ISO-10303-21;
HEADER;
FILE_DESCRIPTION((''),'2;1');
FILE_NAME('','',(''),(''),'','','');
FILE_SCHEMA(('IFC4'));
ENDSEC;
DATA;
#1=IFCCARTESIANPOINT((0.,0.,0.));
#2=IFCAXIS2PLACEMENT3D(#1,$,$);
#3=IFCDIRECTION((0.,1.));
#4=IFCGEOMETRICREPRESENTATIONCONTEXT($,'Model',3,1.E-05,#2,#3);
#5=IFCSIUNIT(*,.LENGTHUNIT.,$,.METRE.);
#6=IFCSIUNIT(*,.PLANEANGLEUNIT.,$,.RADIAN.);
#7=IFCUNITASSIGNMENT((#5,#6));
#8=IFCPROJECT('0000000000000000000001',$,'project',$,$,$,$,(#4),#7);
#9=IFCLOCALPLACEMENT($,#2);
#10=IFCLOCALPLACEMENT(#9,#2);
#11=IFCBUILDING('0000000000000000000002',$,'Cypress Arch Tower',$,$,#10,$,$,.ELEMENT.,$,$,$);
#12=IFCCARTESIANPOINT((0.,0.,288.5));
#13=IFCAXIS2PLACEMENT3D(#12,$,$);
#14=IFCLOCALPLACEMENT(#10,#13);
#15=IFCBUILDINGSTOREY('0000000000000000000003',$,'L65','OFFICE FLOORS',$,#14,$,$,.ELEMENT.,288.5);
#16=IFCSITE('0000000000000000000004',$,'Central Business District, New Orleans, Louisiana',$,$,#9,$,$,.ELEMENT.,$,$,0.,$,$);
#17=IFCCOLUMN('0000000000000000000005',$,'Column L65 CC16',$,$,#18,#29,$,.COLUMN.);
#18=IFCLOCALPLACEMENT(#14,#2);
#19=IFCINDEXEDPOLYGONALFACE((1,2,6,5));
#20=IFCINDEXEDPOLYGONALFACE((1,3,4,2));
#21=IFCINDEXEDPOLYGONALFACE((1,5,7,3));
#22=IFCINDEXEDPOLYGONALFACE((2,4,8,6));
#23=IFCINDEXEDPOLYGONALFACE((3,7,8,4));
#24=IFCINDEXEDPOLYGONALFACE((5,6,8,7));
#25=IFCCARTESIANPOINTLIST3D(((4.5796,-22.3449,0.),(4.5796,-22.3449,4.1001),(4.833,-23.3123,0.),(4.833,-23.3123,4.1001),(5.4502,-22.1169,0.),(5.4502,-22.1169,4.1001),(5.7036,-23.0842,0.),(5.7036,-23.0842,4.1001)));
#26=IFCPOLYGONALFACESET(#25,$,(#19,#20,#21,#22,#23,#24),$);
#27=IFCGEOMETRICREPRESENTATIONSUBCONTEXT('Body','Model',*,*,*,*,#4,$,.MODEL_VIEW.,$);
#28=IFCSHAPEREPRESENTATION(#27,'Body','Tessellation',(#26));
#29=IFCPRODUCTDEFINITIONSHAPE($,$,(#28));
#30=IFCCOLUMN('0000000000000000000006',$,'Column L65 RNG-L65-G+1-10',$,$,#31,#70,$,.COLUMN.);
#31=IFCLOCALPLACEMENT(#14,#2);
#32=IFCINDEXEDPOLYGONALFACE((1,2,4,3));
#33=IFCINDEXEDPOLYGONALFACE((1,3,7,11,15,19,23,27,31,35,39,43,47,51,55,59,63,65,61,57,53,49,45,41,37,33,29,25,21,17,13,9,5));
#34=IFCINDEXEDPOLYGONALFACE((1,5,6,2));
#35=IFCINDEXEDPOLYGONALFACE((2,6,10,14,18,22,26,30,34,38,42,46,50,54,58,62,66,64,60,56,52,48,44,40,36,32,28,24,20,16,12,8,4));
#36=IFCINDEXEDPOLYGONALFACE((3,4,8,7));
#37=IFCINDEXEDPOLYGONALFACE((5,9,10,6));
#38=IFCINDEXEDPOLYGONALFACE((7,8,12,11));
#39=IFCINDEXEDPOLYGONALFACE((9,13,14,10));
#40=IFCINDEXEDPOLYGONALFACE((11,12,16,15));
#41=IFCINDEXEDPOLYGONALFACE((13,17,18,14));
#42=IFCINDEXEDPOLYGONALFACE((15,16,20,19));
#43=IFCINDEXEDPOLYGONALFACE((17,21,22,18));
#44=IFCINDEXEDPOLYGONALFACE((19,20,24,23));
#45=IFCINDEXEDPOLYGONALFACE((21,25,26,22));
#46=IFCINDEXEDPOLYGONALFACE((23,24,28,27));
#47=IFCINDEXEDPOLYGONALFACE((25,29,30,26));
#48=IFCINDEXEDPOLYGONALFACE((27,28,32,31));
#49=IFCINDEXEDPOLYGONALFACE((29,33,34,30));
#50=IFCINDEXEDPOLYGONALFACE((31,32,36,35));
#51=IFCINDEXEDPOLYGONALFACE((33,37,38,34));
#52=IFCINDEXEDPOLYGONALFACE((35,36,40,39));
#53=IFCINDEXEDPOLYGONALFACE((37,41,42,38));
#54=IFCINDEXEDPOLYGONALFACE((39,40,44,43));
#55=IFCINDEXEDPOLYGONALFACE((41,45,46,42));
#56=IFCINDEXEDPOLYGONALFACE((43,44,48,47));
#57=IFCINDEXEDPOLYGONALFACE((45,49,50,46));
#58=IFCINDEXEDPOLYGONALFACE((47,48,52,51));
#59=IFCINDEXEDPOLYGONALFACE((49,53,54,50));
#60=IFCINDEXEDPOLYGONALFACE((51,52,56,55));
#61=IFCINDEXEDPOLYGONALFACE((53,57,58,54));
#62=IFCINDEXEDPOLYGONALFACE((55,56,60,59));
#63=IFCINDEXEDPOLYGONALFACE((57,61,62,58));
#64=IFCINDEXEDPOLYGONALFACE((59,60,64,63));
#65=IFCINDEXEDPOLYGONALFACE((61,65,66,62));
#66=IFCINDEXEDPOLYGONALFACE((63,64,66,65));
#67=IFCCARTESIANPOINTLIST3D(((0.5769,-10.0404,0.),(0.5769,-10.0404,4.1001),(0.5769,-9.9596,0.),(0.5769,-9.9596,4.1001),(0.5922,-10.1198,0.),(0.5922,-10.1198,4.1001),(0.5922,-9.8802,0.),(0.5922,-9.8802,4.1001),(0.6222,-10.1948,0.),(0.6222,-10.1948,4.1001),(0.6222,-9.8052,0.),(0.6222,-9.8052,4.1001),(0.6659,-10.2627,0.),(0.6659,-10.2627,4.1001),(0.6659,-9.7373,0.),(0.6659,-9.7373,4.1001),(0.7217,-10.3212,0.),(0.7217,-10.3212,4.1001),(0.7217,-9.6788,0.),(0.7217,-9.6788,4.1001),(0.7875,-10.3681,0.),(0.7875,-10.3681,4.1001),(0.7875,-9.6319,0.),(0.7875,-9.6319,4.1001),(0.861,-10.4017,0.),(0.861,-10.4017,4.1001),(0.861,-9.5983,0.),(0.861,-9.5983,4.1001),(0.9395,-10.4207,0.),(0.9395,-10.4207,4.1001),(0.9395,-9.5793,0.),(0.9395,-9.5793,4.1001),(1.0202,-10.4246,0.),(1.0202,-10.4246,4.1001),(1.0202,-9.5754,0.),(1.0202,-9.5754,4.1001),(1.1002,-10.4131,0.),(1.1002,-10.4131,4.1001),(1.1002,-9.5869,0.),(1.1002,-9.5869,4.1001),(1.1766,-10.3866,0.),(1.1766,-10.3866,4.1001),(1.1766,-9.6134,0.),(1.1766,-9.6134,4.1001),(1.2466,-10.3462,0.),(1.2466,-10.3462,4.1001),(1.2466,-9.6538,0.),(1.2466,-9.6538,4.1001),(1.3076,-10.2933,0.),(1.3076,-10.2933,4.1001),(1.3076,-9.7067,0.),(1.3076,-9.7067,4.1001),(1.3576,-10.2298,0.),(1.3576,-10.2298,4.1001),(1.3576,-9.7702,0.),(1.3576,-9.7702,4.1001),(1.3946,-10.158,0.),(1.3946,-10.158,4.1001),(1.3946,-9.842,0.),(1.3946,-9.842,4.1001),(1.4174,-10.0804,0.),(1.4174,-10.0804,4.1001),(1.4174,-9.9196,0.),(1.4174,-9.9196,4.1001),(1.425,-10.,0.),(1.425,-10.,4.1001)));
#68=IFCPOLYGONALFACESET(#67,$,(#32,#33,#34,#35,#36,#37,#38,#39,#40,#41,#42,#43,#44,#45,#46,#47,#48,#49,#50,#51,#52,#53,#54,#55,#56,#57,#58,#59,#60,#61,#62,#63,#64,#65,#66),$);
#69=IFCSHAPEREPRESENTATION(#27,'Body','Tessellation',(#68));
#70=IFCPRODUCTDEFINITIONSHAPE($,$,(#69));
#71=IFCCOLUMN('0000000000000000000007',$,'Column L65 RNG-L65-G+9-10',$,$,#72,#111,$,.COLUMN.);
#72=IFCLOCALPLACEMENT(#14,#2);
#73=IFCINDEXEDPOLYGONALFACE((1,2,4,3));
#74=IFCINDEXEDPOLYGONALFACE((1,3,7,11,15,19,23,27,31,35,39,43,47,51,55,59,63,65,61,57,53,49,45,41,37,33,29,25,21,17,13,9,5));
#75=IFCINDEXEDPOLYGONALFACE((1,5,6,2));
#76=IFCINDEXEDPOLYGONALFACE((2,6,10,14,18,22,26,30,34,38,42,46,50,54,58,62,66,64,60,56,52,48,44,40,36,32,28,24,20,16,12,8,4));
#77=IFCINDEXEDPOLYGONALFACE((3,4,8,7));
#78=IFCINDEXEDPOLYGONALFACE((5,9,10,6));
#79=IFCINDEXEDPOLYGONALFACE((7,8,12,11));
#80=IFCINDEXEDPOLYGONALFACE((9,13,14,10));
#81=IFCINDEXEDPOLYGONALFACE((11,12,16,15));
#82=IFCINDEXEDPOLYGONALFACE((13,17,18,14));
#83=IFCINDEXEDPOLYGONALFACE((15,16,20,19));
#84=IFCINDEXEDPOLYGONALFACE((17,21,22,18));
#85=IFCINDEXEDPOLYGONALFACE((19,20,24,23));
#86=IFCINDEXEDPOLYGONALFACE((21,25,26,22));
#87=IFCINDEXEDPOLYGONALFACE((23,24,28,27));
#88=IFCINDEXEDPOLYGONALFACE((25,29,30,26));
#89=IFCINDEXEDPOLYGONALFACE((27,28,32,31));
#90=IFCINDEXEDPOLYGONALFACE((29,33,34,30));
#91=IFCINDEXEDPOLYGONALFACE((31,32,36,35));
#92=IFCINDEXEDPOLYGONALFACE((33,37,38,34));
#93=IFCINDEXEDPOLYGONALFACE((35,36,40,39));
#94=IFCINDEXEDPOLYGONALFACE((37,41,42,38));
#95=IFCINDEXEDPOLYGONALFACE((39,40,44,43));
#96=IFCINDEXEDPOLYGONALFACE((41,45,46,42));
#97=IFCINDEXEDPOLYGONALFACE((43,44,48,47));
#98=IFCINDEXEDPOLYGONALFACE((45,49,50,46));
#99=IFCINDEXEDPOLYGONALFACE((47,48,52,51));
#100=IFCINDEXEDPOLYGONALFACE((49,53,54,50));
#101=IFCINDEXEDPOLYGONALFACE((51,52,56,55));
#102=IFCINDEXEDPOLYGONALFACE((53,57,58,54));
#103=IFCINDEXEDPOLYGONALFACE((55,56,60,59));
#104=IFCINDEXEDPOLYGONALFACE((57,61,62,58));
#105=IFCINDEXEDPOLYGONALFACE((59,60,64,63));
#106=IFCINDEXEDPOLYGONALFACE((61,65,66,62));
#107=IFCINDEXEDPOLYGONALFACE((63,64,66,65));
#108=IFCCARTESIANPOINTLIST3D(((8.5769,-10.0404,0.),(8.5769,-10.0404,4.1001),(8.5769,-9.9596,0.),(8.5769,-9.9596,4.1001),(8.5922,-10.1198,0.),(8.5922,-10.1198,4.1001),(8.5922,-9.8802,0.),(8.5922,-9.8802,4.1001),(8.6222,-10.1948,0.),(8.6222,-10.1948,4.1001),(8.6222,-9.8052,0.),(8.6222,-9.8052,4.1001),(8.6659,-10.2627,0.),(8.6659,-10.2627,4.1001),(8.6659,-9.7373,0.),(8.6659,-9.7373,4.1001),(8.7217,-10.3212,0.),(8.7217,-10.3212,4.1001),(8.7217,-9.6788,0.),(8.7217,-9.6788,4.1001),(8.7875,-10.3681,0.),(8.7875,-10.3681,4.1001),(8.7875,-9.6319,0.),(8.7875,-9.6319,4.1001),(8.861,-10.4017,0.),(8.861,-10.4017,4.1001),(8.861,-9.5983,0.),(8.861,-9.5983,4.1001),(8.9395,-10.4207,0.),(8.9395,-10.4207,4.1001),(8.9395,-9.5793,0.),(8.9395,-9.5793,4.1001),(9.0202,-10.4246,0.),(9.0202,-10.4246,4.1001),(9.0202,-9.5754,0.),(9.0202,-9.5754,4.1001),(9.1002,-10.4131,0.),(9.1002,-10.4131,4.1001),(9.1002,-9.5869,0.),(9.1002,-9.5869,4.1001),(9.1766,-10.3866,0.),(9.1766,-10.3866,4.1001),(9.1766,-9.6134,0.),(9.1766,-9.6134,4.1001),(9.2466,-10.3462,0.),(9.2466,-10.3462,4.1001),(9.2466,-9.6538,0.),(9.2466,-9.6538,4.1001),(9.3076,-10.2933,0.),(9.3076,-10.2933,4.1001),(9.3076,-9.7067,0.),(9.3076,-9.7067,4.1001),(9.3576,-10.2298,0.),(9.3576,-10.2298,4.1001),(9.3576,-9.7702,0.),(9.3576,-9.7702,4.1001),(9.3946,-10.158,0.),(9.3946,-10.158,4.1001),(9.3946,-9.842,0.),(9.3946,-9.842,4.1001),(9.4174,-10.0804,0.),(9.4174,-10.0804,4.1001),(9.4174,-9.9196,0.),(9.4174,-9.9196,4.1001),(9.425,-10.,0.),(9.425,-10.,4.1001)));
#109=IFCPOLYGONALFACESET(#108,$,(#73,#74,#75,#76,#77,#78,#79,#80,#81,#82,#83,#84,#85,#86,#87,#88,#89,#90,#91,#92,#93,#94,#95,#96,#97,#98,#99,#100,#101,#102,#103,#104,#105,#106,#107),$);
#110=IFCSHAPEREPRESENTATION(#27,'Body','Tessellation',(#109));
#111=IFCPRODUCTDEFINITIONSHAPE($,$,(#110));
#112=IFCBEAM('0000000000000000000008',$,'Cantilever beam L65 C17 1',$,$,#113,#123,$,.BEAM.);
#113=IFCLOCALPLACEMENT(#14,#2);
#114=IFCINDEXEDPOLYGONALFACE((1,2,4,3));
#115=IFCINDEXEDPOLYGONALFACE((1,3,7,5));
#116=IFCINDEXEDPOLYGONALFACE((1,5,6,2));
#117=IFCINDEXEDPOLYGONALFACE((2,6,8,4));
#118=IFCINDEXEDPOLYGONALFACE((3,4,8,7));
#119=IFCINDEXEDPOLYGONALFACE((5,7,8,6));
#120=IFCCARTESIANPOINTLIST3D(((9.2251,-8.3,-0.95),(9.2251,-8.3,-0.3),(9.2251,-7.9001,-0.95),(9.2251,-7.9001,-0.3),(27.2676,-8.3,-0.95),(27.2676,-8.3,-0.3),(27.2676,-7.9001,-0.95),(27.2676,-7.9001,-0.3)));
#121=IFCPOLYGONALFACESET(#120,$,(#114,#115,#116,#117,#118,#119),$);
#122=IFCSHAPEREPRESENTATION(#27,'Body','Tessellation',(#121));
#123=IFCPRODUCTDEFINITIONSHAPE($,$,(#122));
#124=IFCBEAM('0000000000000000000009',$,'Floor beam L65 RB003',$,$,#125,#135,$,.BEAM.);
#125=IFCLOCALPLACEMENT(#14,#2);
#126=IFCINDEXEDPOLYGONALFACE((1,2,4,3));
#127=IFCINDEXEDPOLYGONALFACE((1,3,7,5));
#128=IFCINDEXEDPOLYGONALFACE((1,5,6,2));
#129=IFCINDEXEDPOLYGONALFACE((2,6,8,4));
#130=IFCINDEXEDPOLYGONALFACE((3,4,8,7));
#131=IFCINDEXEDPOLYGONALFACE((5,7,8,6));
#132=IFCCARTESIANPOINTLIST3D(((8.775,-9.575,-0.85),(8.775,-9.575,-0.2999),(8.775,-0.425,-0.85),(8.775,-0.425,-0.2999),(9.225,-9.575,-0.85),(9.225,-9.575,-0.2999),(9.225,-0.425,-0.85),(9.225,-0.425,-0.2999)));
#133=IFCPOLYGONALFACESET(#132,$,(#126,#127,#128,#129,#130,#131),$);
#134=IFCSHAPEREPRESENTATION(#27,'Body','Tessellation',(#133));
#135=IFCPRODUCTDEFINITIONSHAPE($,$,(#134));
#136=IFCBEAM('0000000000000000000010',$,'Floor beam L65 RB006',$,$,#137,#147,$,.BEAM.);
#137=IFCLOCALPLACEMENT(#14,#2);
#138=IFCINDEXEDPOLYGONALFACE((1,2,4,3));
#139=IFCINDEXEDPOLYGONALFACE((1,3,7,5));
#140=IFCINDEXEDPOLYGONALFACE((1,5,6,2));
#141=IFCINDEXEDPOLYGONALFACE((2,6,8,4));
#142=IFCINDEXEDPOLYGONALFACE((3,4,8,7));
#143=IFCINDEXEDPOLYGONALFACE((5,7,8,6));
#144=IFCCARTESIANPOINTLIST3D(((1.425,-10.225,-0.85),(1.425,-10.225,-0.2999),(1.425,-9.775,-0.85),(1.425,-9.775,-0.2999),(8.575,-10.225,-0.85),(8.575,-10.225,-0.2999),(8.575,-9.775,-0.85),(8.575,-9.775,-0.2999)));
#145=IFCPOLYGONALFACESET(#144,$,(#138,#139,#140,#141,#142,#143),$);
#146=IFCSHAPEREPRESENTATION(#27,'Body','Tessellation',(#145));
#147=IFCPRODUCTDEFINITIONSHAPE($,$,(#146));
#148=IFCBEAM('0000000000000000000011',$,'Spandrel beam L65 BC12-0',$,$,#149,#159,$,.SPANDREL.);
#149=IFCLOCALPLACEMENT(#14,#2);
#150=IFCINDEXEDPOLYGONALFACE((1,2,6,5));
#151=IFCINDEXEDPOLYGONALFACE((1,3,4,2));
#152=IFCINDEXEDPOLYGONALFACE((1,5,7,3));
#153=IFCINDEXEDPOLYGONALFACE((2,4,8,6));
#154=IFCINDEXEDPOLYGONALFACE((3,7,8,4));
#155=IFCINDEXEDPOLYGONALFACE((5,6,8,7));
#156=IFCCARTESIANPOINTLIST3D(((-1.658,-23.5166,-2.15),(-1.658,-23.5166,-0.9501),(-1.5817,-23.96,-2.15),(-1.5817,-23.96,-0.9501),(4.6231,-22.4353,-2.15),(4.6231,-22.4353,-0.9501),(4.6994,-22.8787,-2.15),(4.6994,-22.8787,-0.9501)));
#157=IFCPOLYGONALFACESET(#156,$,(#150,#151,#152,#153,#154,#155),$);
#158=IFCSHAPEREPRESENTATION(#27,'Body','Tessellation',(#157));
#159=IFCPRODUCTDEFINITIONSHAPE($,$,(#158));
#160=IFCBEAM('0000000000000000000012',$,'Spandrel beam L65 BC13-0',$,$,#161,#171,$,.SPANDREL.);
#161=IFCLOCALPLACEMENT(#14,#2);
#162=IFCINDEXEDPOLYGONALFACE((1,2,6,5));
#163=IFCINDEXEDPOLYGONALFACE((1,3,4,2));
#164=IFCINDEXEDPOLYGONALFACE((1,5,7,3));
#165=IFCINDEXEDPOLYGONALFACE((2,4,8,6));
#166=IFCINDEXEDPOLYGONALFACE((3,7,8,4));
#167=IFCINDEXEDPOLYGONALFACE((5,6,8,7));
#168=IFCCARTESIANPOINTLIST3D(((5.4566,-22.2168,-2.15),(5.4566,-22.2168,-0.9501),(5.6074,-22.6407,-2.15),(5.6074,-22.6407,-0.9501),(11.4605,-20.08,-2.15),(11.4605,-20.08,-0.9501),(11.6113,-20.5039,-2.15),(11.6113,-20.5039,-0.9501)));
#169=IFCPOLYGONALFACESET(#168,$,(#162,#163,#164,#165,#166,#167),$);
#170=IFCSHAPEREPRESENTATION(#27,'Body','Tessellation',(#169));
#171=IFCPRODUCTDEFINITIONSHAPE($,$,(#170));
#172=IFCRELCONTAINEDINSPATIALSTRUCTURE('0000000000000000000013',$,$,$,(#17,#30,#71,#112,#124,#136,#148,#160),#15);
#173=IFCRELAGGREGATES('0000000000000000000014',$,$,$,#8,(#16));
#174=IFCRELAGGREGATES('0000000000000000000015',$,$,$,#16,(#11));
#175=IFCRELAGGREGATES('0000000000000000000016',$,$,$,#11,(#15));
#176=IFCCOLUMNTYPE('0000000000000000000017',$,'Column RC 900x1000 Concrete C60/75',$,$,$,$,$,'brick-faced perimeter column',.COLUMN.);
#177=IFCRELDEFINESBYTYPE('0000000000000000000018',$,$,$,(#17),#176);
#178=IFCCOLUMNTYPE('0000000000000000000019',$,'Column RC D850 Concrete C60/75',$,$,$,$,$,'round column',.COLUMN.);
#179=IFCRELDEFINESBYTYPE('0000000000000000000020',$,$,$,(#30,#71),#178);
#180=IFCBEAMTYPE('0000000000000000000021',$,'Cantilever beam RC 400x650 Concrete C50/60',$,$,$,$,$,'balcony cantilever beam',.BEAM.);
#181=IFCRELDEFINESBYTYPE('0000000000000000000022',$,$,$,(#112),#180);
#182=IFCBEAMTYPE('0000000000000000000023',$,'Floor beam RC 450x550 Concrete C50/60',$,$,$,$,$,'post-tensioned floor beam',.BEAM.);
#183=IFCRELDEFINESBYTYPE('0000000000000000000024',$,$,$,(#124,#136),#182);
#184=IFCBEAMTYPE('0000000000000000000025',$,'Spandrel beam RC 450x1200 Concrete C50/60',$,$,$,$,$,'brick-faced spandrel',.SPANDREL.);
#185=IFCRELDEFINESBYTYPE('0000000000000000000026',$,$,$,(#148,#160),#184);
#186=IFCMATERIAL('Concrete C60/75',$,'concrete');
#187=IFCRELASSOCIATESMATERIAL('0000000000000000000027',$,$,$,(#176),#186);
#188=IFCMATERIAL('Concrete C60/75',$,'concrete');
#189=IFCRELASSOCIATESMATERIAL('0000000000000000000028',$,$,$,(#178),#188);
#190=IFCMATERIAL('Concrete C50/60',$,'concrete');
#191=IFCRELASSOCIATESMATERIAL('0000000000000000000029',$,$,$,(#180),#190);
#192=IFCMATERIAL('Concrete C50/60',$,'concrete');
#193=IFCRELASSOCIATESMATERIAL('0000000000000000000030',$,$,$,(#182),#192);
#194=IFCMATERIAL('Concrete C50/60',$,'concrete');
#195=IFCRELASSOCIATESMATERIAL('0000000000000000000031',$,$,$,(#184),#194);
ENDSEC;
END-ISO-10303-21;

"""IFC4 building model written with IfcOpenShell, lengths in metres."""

from ifc_helpers import new_model, si_unit, direction, frame, origin, origin_2d, place, context, subcontext, project, spatial, rectangle, circle, extrude, material, material_profile, profile_set, type_object, element, save


model = new_model("IFC4")

# Units and contexts
model_context = context("Model", 3, precision=1e-05, world=origin(), true_north=direction((0.0, 1.0)))
body_context = subcontext(model_context, "Body", "Model", "MODEL_VIEW")
ifc_project = project(units=[si_unit("LENGTHUNIT", "METRE"), si_unit("PLANEANGLEUNIT", "RADIAN")], contexts=[model_context])

# Site, building, storey
site_placement = place(None, origin())
site = spatial("IfcSite", under=ifc_project, at=site_placement, Name="Central Business District, New Orleans, Louisiana", CompositionType="ELEMENT", RefElevation=0.0)
building_placement = place(site_placement, origin())
building = spatial("IfcBuilding", under=site, at=building_placement, Name="Cypress Arch Tower", CompositionType="ELEMENT")
storey_placement = place(building_placement, frame((0.0, 0.0, 288.5)))
storey = spatial("IfcBuildingStorey", under=building, at=storey_placement, Name="L65", Description="OFFICE FLOORS", CompositionType="ELEMENT", Elevation=288.5)

# Columns
ifc_material_1 = material(Name="Concrete C60/75", Category="concrete")
ifc_material_profile_1 = material_profile(ifc_material_1, rectangle(XDim=0.8999, YDim=1.0, at=origin_2d()), Name="RC 900x1000")
ifc_profile_set_1 = profile_set([ifc_material_profile_1], Name="Concrete C60/75")
column_type_1 = type_object("IfcColumnType", Name="Column RC 900x1000 Concrete C60/75", ElementType="brick-faced perimeter column", PredefinedType="COLUMN", material=ifc_profile_set_1)
column_placement = place(storey_placement, frame((5.1416, -22.7146, 0.0), z_axis=(0.0, 0.0, 1.0), x_axis=(0.967356, 0.253422, 0.0)))
element("IfcColumn", 1, at=column_placement, inside=storey, type_object=column_type_1, Name="Column L65 CC16", PredefinedType="COLUMN", context=body_context, shape_type="SweptSolid", body=[
    extrude(rectangle(XDim=0.8999, YDim=1.0, at=origin_2d()), origin(), (0.0, 0.0, 1.0), 4.1001),
])
ifc_material_2 = material(Name="Concrete C60/75", Category="concrete")
ifc_material_profile_2 = material_profile(ifc_material_2, circle(Radius=0.425, at=origin_2d()), Name="RC D850")
ifc_profile_set_2 = profile_set([ifc_material_profile_2], Name="Concrete C60/75")
column_type_2 = type_object("IfcColumnType", Name="Column RC D850 Concrete C60/75", ElementType="round column", PredefinedType="COLUMN", material=ifc_profile_set_2)
for number, where, z_axis, x_axis, name in (
    (2, (1.0, -10.0, 0.0), (0.0, 0.0, 1.0), (1.0, 0.0, 0.0), "Column L65 RNG-L65-G+1-10"),
    (3, (9.0, -10.0, 0.0), (0.0, 0.0, 1.0), (1.0, 0.0, 0.0), "Column L65 RNG-L65-G+9-10"),
):
    element("IfcColumn", number, at=place(storey_placement, frame(where, z_axis=z_axis, x_axis=x_axis)), inside=storey, type_object=column_type_2, Name=name, PredefinedType="COLUMN", context=body_context, shape_type="SweptSolid", body=[
        extrude(circle(Radius=0.425, at=origin_2d()), origin(), (0.0, 0.0, 1.0), 4.1001),
    ])

# Beams
ifc_material_3 = material(Name="Concrete C50/60", Category="concrete")
ifc_material_profile_3 = material_profile(ifc_material_3, rectangle(XDim=0.3999, YDim=0.6499, at=origin_2d()), Name="RC 400x650")
ifc_profile_set_3 = profile_set([ifc_material_profile_3], Name="Concrete C50/60")
beam_type_1 = type_object("IfcBeamType", Name="Cantilever beam RC 400x650 Concrete C50/60", ElementType="balcony cantilever beam", PredefinedType="BEAM", material=ifc_profile_set_3)
beam_1_placement = place(storey_placement, frame((9.2251, -8.1001, -0.625), z_axis=(1.0, 0.0, 0.0), x_axis=(0.0, 1.0, 0.0)))
element("IfcBeam", 4, at=beam_1_placement, inside=storey, type_object=beam_type_1, Name="Cantilever beam L65 C17 1", PredefinedType="BEAM", context=body_context, shape_type="SweptSolid", body=[
    extrude(rectangle(XDim=0.3999, YDim=0.6499, at=origin_2d()), origin(), (0.0, 0.0, 1.0), 18.0425),
])
ifc_material_4 = material(Name="Concrete C50/60", Category="concrete")
ifc_material_profile_4 = material_profile(ifc_material_4, rectangle(XDim=0.45, YDim=0.55, at=origin_2d()), Name="RC 450x550")
ifc_profile_set_4 = profile_set([ifc_material_profile_4], Name="Concrete C50/60")
beam_type_2 = type_object("IfcBeamType", Name="Floor beam RC 450x550 Concrete C50/60", ElementType="post-tensioned floor beam", PredefinedType="BEAM", material=ifc_profile_set_4)
beam_2_placement = place(storey_placement, frame((9.0, -9.575, -0.575), z_axis=(0.0, 1.0, 0.0), x_axis=(-1.0, 0.0, 0.0)))
element("IfcBeam", 5, at=beam_2_placement, inside=storey, type_object=beam_type_2, Name="Floor beam L65 RB003", PredefinedType="BEAM", context=body_context, shape_type="SweptSolid", body=[
    extrude(rectangle(XDim=0.45, YDim=0.55, at=origin_2d()), origin(), (0.0, 0.0, 1.0), 9.1499),
])
beam_3_placement = place(storey_placement, frame((1.425, -10.0, -0.575), z_axis=(1.0, 0.0, 0.0), x_axis=(0.0, 1.0, 0.0)))
element("IfcBeam", 6, at=beam_3_placement, inside=storey, type_object=beam_type_2, Name="Floor beam L65 RB006", PredefinedType="BEAM", context=body_context, shape_type="SweptSolid", body=[
    extrude(rectangle(XDim=0.45, YDim=0.55, at=origin_2d()), origin(), (0.0, 0.0, 1.0), 7.1499),
])
ifc_material_5 = material(Name="Concrete C50/60", Category="concrete")
ifc_material_profile_5 = material_profile(ifc_material_5, rectangle(XDim=0.45, YDim=1.2, at=origin_2d()), Name="RC 450x1200")
ifc_profile_set_5 = profile_set([ifc_material_profile_5], Name="Concrete C50/60")
beam_type_3 = type_object("IfcBeamType", Name="Spandrel beam RC 450x1200 Concrete C50/60", ElementType="brick-faced spandrel", PredefinedType="SPANDREL", material=ifc_profile_set_5)
beam_4_placement = place(storey_placement, frame((-1.6199, -23.7383, -1.55), z_axis=(0.985504, 0.169652, 0.0), x_axis=(-0.169652, 0.985504, 0.0)))
element("IfcBeam", 7, at=beam_4_placement, inside=storey, type_object=beam_type_3, Name="Spandrel beam L65 BC12-0", PredefinedType="SPANDREL", context=body_context, shape_type="SweptSolid", body=[
    extrude(rectangle(XDim=0.45, YDim=1.2, at=origin_2d()), origin(), (0.0, 0.0, 1.0), 6.3735),
])
beam_5_placement = place(storey_placement, frame((5.532, -22.4287, -1.55), z_axis=(0.942116, 0.335288, 0.0), x_axis=(-0.335288, 0.942116, 0.0)))
element("IfcBeam", 8, at=beam_5_placement, inside=storey, type_object=beam_type_3, Name="Spandrel beam L65 BC13-0", PredefinedType="SPANDREL", context=body_context, shape_type="SweptSolid", body=[
    extrude(rectangle(XDim=0.45, YDim=1.2, at=origin_2d()), origin(), (0.0, 0.0, 1.0), 6.3728),
])

save(model, "model.ifc")
